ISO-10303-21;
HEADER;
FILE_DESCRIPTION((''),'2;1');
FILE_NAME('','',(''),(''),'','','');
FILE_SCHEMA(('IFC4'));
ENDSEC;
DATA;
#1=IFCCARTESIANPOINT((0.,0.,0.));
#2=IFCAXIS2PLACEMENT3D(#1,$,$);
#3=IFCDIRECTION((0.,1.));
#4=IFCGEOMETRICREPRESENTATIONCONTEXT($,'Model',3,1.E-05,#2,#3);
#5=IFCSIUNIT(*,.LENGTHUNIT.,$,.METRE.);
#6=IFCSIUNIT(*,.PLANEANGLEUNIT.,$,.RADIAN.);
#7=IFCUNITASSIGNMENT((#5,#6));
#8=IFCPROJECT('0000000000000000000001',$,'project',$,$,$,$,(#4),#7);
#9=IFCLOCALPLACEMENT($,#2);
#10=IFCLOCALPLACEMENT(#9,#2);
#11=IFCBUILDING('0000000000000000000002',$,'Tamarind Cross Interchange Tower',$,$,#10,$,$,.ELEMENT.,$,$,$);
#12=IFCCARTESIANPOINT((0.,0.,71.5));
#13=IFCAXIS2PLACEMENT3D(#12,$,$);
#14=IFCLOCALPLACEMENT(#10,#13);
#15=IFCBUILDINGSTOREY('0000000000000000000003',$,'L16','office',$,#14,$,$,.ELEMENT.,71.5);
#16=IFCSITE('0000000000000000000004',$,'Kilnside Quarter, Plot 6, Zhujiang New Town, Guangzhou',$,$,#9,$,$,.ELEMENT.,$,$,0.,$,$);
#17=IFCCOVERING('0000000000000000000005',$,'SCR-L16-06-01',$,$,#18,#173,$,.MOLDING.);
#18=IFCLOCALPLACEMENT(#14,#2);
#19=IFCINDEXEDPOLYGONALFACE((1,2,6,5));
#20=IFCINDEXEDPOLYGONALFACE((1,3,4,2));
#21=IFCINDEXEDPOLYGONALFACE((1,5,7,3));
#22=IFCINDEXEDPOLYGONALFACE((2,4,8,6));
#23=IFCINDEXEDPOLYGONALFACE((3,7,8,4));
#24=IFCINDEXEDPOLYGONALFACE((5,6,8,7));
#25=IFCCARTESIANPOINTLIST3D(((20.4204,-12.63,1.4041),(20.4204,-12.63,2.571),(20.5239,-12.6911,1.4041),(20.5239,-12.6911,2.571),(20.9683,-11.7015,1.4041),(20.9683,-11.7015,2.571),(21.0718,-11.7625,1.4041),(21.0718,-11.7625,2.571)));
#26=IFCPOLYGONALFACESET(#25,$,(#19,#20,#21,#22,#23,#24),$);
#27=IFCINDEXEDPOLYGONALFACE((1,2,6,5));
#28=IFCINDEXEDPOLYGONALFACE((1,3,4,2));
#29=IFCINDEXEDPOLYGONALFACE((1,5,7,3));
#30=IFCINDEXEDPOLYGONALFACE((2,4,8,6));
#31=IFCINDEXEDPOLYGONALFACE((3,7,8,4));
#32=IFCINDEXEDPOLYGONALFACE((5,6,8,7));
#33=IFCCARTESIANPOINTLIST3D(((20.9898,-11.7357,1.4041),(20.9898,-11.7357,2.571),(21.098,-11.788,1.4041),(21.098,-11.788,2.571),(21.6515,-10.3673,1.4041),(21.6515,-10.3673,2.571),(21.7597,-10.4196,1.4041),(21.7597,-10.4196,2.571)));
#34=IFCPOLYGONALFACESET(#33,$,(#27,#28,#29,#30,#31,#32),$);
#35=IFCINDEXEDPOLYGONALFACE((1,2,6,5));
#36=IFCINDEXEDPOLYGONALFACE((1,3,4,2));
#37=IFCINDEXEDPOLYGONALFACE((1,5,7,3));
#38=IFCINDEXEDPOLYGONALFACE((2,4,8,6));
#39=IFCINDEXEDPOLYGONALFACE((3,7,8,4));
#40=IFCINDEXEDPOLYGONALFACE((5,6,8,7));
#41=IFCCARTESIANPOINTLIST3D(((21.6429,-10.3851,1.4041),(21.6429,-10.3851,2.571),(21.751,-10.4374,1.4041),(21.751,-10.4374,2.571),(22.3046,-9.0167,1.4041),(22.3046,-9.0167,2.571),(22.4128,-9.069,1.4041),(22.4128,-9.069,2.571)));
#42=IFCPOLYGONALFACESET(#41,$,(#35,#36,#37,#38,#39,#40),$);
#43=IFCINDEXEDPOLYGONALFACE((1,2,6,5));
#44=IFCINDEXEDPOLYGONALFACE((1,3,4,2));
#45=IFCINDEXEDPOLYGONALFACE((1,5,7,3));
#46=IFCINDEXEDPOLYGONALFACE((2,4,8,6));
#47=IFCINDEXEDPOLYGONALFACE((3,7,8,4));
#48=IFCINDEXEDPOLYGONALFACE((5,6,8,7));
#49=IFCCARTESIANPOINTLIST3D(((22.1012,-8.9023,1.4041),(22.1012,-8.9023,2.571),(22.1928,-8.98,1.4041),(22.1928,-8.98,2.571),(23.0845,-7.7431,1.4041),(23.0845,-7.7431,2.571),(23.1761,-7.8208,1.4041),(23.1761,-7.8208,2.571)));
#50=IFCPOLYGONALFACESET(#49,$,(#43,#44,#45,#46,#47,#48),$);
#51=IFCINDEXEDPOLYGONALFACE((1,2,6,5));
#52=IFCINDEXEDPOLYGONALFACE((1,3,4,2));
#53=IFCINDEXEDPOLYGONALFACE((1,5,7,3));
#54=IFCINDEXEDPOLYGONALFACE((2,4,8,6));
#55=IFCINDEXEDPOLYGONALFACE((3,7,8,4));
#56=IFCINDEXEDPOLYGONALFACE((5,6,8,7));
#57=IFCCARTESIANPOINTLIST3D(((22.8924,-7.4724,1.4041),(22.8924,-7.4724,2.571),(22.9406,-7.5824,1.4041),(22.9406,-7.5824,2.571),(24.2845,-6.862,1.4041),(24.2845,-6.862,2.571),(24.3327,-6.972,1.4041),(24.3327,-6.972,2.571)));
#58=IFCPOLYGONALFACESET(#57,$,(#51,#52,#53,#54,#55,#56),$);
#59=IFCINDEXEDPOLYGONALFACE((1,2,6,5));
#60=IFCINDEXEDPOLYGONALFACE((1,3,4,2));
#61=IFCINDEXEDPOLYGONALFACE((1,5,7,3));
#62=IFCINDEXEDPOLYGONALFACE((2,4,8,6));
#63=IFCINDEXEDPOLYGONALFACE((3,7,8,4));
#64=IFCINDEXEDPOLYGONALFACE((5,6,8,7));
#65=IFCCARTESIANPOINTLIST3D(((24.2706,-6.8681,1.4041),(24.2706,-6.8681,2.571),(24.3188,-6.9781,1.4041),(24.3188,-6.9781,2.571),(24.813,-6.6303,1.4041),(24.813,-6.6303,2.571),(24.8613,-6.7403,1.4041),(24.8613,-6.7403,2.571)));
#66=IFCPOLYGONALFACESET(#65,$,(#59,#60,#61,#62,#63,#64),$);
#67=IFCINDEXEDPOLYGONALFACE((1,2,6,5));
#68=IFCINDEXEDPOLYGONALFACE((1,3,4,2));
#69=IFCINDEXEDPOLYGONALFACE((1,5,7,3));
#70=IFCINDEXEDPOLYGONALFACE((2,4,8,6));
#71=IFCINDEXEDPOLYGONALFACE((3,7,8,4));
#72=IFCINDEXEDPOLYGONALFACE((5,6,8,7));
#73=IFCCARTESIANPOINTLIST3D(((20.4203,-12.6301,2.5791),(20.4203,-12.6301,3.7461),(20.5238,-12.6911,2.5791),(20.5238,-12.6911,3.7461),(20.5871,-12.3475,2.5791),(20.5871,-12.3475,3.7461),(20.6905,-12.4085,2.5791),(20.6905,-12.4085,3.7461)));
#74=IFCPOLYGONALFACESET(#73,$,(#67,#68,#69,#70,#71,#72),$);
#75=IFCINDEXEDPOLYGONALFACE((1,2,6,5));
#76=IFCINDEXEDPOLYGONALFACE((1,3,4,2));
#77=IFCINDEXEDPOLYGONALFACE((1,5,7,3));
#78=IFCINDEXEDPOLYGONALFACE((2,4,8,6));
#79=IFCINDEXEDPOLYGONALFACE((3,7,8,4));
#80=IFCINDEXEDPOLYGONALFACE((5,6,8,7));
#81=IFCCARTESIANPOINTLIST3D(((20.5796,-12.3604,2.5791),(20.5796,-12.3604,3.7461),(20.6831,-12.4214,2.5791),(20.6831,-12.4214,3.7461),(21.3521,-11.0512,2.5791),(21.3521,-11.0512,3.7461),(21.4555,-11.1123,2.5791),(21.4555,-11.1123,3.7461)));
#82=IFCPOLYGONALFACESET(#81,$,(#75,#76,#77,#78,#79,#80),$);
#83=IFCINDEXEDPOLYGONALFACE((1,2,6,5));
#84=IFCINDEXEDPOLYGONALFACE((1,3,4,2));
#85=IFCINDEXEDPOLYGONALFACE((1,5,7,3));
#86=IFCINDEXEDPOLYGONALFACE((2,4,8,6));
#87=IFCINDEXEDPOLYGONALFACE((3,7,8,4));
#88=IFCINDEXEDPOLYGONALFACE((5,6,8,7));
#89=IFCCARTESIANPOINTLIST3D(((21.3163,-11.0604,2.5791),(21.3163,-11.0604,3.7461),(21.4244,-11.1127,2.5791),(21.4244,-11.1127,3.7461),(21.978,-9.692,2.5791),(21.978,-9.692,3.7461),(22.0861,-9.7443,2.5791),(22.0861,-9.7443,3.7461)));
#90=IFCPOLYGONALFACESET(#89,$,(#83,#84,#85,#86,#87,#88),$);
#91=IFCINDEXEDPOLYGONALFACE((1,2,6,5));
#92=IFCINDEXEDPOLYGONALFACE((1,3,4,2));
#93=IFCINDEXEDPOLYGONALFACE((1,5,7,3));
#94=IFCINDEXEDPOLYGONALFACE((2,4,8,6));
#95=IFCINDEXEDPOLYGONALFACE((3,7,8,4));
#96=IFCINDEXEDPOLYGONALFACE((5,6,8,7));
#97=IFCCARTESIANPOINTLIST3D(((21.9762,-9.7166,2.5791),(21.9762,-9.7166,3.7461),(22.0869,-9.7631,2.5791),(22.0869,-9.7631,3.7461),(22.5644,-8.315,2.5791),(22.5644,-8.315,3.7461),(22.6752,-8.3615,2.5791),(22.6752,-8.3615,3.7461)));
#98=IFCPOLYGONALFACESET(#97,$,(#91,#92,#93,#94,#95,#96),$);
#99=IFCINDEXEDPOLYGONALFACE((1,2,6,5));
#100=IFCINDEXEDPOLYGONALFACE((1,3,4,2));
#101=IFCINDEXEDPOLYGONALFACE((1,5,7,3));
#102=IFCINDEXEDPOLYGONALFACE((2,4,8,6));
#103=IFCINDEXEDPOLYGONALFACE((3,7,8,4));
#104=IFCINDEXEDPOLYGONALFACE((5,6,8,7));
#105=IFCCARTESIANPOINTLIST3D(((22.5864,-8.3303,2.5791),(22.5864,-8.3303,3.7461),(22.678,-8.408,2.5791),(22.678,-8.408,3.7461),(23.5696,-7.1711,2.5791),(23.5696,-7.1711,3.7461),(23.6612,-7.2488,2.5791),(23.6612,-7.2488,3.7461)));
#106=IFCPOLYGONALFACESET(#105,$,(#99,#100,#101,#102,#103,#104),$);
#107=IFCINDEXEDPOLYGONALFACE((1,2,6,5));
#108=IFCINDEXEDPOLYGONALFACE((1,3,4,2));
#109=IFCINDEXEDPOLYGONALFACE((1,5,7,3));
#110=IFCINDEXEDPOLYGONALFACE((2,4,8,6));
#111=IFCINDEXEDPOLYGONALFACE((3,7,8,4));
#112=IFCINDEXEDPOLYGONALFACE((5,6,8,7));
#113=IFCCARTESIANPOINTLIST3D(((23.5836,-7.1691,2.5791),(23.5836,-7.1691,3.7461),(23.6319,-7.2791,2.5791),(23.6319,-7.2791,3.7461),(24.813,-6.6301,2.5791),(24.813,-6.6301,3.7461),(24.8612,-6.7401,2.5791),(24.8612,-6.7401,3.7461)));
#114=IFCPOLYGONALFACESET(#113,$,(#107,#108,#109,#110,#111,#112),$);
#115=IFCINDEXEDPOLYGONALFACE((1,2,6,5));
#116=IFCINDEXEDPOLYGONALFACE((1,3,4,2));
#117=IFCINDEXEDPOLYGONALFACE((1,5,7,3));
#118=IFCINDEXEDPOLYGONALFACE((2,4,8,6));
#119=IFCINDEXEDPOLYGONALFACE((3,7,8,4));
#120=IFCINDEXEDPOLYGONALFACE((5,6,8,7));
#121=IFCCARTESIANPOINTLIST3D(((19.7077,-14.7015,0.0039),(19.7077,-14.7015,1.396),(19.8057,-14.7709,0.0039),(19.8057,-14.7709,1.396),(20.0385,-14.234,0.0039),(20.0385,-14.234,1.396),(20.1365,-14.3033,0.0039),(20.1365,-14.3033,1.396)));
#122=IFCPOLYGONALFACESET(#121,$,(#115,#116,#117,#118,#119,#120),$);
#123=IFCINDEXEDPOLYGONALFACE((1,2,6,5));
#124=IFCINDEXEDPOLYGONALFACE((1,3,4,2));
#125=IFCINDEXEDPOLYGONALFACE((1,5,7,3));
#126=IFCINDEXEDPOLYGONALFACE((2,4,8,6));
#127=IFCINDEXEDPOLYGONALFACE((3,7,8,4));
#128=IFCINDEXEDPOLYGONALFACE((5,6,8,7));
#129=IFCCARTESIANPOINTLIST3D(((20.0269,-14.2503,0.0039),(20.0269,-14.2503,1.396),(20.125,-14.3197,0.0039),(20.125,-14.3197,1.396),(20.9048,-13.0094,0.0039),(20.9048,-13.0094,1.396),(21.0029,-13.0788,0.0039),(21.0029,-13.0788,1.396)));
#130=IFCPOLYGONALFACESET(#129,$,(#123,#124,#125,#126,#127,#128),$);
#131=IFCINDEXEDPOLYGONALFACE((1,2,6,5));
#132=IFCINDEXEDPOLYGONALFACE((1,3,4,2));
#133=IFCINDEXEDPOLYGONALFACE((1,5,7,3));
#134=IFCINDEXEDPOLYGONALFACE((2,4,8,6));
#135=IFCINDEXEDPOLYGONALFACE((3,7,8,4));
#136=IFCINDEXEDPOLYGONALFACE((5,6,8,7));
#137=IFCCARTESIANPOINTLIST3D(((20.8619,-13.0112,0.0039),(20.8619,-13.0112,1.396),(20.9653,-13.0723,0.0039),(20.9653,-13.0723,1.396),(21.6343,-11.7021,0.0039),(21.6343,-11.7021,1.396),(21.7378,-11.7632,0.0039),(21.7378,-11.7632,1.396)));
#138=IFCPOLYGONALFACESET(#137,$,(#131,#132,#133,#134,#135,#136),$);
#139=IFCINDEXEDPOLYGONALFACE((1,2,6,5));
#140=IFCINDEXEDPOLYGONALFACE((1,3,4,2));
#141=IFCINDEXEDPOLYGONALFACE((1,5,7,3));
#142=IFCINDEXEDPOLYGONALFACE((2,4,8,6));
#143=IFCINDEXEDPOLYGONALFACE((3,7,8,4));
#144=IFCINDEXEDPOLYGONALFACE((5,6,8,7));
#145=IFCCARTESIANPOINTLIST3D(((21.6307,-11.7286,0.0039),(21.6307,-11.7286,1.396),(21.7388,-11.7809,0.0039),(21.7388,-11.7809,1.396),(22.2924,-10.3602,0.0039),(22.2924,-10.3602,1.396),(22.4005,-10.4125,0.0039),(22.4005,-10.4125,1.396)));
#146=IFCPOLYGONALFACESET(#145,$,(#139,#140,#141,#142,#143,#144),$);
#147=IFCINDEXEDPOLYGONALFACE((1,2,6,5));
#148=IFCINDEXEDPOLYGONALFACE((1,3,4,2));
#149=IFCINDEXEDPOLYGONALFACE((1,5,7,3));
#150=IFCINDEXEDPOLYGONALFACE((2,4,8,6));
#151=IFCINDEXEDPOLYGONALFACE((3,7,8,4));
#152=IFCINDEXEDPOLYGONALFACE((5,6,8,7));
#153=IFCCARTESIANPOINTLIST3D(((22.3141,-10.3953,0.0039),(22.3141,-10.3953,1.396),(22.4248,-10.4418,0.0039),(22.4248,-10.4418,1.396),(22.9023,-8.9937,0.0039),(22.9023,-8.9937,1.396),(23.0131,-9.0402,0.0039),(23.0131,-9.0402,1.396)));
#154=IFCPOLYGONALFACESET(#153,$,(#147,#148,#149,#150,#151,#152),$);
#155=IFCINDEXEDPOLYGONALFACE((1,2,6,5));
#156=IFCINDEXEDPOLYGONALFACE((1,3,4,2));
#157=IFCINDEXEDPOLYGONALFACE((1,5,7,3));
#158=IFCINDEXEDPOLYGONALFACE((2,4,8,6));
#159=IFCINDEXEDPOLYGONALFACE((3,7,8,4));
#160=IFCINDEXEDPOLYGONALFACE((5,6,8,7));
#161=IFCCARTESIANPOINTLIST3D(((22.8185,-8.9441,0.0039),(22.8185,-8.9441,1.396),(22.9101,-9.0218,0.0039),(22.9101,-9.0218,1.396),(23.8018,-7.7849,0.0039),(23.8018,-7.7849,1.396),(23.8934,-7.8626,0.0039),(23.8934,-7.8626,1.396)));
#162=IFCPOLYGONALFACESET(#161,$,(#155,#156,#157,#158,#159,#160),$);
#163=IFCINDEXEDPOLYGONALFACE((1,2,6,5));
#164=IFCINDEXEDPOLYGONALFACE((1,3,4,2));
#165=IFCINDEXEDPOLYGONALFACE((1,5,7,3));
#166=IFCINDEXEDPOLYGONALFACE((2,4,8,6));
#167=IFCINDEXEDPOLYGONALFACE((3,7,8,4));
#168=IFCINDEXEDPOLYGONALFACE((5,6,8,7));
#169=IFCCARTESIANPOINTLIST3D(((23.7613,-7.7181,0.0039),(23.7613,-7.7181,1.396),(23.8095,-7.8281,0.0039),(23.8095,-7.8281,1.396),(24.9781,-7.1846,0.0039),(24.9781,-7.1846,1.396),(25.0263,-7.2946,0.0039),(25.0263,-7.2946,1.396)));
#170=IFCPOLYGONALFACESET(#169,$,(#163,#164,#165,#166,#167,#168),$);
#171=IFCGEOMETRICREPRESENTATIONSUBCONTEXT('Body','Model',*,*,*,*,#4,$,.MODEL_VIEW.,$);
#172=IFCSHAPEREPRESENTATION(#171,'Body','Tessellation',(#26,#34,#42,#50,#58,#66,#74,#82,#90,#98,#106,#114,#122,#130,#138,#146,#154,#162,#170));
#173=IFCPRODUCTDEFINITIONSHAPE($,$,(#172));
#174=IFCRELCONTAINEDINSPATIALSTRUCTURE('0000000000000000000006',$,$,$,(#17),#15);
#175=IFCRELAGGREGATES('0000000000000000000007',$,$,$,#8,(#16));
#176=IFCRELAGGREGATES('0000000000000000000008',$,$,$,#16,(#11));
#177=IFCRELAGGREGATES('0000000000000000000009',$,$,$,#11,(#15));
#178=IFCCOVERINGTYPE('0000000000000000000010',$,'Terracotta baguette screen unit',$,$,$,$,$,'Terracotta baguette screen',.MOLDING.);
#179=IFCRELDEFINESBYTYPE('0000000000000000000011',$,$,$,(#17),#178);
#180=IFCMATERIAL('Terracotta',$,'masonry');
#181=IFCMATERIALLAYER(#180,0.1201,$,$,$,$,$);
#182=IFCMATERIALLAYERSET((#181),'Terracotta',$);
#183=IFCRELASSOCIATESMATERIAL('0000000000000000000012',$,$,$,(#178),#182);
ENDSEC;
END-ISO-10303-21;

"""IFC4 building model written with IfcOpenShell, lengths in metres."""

from ifc_helpers import new_model, si_unit, direction, frame, origin, origin_2d, place, context, subcontext, project, spatial, rectangle, extrude, material, layer, layer_set, type_object, element, save


model = new_model("IFC4")

# Units and contexts
model_context = context("Model", 3, precision=1e-05, world=origin(), true_north=direction((0.0, 1.0)))
body_context = subcontext(model_context, "Body", "Model", "MODEL_VIEW")
ifc_project = project(units=[si_unit("LENGTHUNIT", "METRE"), si_unit("PLANEANGLEUNIT", "RADIAN")], contexts=[model_context])

# Site, building, storey
site_placement = place(None, origin())
site = spatial("IfcSite", under=ifc_project, at=site_placement, Name="Kilnside Quarter, Plot 6, Zhujiang New Town, Guangzhou", CompositionType="ELEMENT", RefElevation=0.0)
building_placement = place(site_placement, origin())
building = spatial("IfcBuilding", under=site, at=building_placement, Name="Tamarind Cross Interchange Tower", CompositionType="ELEMENT")
storey_placement = place(building_placement, frame((0.0, 0.0, 71.5)))
storey = spatial("IfcBuildingStorey", under=building, at=storey_placement, Name="L16", Description="office", CompositionType="ELEMENT", Elevation=71.5)

# Covering
ifc_material_1 = material(Name="Terracotta", Category="masonry")
ifc_layer_1 = layer(ifc_material_1, 0.1201)
ifc_layer_set_1 = layer_set([ifc_layer_1], Name="Terracotta")
covering_type = type_object("IfcCoveringType", Name="Terracotta baguette screen unit", ElementType="Terracotta baguette screen", PredefinedType="MOLDING", material=ifc_layer_set_1)
covering_1_placement = place(storey_placement, origin())
element("IfcCovering", 1, at=covering_1_placement, inside=storey, type_object=covering_type, Name="SCR-L16-06-01", PredefinedType="MOLDING", context=body_context, shape_type="SweptSolid", body=[
    extrude(rectangle(XDim=1.0781, YDim=0.1201, at=origin_2d()), frame((20.7461, -12.1963, 1.4041), z_axis=(0.0, 0.0, 1.0), x_axis=(0.508183, 0.861249, 0.0)), (0.0, 0.0, 1.0), 1.167),
    extrude(rectangle(XDim=1.52, YDim=0.1201, at=origin_2d()), frame((21.3748, -11.0776, 1.4041), z_axis=(0.0, 0.0, 1.0), x_axis=(0.435326, 0.900273, 0.0)), (0.0, 0.0, 1.0), 1.167),
    extrude(rectangle(XDim=1.52, YDim=0.1201, at=origin_2d()), frame((22.0278, -9.7271, 1.4041), z_axis=(0.0, 0.0, 1.0), x_axis=(0.435326, 0.900273, 0.0)), (0.0, 0.0, 1.0), 1.167),
    extrude(rectangle(XDim=1.52, YDim=0.1201, at=origin_2d()), frame((22.6387, -8.3616, 1.4041), z_axis=(0.0, 0.0, 1.0), x_axis=(0.646871, 0.7626, 0.0)), (0.0, 0.0, 1.0), 1.167),
    extrude(rectangle(XDim=1.52, YDim=0.1201, at=origin_2d()), frame((23.6125, -7.2222, 1.4041), z_axis=(0.0, 0.0, 1.0), x_axis=(0.915834, 0.401557, 0.0)), (0.0, 0.0, 1.0), 1.167),
    extrude(rectangle(XDim=0.5923, YDim=0.1201, at=origin_2d()), frame((24.5659, -6.8042, 1.4041), z_axis=(0.0, 0.0, 1.0), x_axis=(0.915834, 0.401557, 0.0)), (0.0, 0.0, 1.0), 1.167),
    extrude(rectangle(XDim=0.3281, YDim=0.1201, at=origin_2d()), frame((20.5554, -12.5193, 2.5791), z_axis=(0.0, 0.0, 1.0), x_axis=(0.508183, 0.861249, 0.0)), (0.0, 0.0, 1.0), 1.167),
    extrude(rectangle(XDim=1.52, YDim=0.1201, at=origin_2d()), frame((21.0176, -11.7363, 2.5791), z_axis=(0.0, 0.0, 1.0), x_axis=(0.508183, 0.861249, 0.0)), (0.0, 0.0, 1.0), 1.167),
    extrude(rectangle(XDim=1.52, YDim=0.1201, at=origin_2d()), frame((21.7012, -10.4023, 2.5791), z_axis=(0.0, 0.0, 1.0), x_axis=(0.435326, 0.900273, 0.0)), (0.0, 0.0, 1.0), 1.167),
    extrude(rectangle(XDim=1.52, YDim=0.1201, at=origin_2d()), frame((22.3257, -9.0391, 2.5791), z_axis=(0.0, 0.0, 1.0), x_axis=(0.386991, 0.922084, 0.0)), (0.0, 0.0, 1.0), 1.167),
    extrude(rectangle(XDim=1.52, YDim=0.1201, at=origin_2d()), frame((23.1238, -7.7896, 2.5791), z_axis=(0.0, 0.0, 1.0), x_axis=(0.646871, 0.7626, 0.0)), (0.0, 0.0, 1.0), 1.167),
    extrude(rectangle(XDim=1.3423, YDim=0.1201, at=origin_2d()), frame((24.2224, -6.9546, 2.5791), z_axis=(0.0, 0.0, 1.0), x_axis=(0.915834, 0.401557, 0.0)), (0.0, 0.0, 1.0), 1.167),
    extrude(rectangle(XDim=0.5728, YDim=0.1201, at=origin_2d()), frame((19.9221, -14.5024, 0.0039), z_axis=(0.0, 0.0, 1.0), x_axis=(0.577569, 0.816342, 0.0)), (0.0, 0.0, 1.0), 1.3921),
    extrude(rectangle(XDim=1.52, YDim=0.1201, at=origin_2d()), frame((20.5149, -13.6646, 0.0039), z_axis=(0.0, 0.0, 1.0), x_axis=(0.577569, 0.816342, 0.0)), (0.0, 0.0, 1.0), 1.3921),
    extrude(rectangle(XDim=1.52, YDim=0.1201, at=origin_2d()), frame((21.2998, -12.3872, 0.0039), z_axis=(0.0, 0.0, 1.0), x_axis=(0.508183, 0.861249, 0.0)), (0.0, 0.0, 1.0), 1.3921),
    extrude(rectangle(XDim=1.52, YDim=0.1201, at=origin_2d()), frame((22.0156, -11.0706, 0.0039), z_axis=(0.0, 0.0, 1.0), x_axis=(0.435326, 0.900273, 0.0)), (0.0, 0.0, 1.0), 1.3921),
    extrude(rectangle(XDim=1.52, YDim=0.1201, at=origin_2d()), frame((22.6636, -9.7178, 0.0039), z_axis=(0.0, 0.0, 1.0), x_axis=(0.386991, 0.922084, 0.0)), (0.0, 0.0, 1.0), 1.3921),
    extrude(rectangle(XDim=1.52, YDim=0.1201, at=origin_2d()), frame((23.356, -8.4033, 0.0039), z_axis=(0.0, 0.0, 1.0), x_axis=(0.646871, 0.7626, 0.0)), (0.0, 0.0, 1.0), 1.3921),
    extrude(rectangle(XDim=1.3286, YDim=0.1201, at=origin_2d()), frame((24.3938, -7.5063, 0.0039), z_axis=(0.0, 0.0, 1.0), x_axis=(0.915834, 0.401557, 0.0)), (0.0, 0.0, 1.0), 1.3921),
])

save(model, "model.ifc")
